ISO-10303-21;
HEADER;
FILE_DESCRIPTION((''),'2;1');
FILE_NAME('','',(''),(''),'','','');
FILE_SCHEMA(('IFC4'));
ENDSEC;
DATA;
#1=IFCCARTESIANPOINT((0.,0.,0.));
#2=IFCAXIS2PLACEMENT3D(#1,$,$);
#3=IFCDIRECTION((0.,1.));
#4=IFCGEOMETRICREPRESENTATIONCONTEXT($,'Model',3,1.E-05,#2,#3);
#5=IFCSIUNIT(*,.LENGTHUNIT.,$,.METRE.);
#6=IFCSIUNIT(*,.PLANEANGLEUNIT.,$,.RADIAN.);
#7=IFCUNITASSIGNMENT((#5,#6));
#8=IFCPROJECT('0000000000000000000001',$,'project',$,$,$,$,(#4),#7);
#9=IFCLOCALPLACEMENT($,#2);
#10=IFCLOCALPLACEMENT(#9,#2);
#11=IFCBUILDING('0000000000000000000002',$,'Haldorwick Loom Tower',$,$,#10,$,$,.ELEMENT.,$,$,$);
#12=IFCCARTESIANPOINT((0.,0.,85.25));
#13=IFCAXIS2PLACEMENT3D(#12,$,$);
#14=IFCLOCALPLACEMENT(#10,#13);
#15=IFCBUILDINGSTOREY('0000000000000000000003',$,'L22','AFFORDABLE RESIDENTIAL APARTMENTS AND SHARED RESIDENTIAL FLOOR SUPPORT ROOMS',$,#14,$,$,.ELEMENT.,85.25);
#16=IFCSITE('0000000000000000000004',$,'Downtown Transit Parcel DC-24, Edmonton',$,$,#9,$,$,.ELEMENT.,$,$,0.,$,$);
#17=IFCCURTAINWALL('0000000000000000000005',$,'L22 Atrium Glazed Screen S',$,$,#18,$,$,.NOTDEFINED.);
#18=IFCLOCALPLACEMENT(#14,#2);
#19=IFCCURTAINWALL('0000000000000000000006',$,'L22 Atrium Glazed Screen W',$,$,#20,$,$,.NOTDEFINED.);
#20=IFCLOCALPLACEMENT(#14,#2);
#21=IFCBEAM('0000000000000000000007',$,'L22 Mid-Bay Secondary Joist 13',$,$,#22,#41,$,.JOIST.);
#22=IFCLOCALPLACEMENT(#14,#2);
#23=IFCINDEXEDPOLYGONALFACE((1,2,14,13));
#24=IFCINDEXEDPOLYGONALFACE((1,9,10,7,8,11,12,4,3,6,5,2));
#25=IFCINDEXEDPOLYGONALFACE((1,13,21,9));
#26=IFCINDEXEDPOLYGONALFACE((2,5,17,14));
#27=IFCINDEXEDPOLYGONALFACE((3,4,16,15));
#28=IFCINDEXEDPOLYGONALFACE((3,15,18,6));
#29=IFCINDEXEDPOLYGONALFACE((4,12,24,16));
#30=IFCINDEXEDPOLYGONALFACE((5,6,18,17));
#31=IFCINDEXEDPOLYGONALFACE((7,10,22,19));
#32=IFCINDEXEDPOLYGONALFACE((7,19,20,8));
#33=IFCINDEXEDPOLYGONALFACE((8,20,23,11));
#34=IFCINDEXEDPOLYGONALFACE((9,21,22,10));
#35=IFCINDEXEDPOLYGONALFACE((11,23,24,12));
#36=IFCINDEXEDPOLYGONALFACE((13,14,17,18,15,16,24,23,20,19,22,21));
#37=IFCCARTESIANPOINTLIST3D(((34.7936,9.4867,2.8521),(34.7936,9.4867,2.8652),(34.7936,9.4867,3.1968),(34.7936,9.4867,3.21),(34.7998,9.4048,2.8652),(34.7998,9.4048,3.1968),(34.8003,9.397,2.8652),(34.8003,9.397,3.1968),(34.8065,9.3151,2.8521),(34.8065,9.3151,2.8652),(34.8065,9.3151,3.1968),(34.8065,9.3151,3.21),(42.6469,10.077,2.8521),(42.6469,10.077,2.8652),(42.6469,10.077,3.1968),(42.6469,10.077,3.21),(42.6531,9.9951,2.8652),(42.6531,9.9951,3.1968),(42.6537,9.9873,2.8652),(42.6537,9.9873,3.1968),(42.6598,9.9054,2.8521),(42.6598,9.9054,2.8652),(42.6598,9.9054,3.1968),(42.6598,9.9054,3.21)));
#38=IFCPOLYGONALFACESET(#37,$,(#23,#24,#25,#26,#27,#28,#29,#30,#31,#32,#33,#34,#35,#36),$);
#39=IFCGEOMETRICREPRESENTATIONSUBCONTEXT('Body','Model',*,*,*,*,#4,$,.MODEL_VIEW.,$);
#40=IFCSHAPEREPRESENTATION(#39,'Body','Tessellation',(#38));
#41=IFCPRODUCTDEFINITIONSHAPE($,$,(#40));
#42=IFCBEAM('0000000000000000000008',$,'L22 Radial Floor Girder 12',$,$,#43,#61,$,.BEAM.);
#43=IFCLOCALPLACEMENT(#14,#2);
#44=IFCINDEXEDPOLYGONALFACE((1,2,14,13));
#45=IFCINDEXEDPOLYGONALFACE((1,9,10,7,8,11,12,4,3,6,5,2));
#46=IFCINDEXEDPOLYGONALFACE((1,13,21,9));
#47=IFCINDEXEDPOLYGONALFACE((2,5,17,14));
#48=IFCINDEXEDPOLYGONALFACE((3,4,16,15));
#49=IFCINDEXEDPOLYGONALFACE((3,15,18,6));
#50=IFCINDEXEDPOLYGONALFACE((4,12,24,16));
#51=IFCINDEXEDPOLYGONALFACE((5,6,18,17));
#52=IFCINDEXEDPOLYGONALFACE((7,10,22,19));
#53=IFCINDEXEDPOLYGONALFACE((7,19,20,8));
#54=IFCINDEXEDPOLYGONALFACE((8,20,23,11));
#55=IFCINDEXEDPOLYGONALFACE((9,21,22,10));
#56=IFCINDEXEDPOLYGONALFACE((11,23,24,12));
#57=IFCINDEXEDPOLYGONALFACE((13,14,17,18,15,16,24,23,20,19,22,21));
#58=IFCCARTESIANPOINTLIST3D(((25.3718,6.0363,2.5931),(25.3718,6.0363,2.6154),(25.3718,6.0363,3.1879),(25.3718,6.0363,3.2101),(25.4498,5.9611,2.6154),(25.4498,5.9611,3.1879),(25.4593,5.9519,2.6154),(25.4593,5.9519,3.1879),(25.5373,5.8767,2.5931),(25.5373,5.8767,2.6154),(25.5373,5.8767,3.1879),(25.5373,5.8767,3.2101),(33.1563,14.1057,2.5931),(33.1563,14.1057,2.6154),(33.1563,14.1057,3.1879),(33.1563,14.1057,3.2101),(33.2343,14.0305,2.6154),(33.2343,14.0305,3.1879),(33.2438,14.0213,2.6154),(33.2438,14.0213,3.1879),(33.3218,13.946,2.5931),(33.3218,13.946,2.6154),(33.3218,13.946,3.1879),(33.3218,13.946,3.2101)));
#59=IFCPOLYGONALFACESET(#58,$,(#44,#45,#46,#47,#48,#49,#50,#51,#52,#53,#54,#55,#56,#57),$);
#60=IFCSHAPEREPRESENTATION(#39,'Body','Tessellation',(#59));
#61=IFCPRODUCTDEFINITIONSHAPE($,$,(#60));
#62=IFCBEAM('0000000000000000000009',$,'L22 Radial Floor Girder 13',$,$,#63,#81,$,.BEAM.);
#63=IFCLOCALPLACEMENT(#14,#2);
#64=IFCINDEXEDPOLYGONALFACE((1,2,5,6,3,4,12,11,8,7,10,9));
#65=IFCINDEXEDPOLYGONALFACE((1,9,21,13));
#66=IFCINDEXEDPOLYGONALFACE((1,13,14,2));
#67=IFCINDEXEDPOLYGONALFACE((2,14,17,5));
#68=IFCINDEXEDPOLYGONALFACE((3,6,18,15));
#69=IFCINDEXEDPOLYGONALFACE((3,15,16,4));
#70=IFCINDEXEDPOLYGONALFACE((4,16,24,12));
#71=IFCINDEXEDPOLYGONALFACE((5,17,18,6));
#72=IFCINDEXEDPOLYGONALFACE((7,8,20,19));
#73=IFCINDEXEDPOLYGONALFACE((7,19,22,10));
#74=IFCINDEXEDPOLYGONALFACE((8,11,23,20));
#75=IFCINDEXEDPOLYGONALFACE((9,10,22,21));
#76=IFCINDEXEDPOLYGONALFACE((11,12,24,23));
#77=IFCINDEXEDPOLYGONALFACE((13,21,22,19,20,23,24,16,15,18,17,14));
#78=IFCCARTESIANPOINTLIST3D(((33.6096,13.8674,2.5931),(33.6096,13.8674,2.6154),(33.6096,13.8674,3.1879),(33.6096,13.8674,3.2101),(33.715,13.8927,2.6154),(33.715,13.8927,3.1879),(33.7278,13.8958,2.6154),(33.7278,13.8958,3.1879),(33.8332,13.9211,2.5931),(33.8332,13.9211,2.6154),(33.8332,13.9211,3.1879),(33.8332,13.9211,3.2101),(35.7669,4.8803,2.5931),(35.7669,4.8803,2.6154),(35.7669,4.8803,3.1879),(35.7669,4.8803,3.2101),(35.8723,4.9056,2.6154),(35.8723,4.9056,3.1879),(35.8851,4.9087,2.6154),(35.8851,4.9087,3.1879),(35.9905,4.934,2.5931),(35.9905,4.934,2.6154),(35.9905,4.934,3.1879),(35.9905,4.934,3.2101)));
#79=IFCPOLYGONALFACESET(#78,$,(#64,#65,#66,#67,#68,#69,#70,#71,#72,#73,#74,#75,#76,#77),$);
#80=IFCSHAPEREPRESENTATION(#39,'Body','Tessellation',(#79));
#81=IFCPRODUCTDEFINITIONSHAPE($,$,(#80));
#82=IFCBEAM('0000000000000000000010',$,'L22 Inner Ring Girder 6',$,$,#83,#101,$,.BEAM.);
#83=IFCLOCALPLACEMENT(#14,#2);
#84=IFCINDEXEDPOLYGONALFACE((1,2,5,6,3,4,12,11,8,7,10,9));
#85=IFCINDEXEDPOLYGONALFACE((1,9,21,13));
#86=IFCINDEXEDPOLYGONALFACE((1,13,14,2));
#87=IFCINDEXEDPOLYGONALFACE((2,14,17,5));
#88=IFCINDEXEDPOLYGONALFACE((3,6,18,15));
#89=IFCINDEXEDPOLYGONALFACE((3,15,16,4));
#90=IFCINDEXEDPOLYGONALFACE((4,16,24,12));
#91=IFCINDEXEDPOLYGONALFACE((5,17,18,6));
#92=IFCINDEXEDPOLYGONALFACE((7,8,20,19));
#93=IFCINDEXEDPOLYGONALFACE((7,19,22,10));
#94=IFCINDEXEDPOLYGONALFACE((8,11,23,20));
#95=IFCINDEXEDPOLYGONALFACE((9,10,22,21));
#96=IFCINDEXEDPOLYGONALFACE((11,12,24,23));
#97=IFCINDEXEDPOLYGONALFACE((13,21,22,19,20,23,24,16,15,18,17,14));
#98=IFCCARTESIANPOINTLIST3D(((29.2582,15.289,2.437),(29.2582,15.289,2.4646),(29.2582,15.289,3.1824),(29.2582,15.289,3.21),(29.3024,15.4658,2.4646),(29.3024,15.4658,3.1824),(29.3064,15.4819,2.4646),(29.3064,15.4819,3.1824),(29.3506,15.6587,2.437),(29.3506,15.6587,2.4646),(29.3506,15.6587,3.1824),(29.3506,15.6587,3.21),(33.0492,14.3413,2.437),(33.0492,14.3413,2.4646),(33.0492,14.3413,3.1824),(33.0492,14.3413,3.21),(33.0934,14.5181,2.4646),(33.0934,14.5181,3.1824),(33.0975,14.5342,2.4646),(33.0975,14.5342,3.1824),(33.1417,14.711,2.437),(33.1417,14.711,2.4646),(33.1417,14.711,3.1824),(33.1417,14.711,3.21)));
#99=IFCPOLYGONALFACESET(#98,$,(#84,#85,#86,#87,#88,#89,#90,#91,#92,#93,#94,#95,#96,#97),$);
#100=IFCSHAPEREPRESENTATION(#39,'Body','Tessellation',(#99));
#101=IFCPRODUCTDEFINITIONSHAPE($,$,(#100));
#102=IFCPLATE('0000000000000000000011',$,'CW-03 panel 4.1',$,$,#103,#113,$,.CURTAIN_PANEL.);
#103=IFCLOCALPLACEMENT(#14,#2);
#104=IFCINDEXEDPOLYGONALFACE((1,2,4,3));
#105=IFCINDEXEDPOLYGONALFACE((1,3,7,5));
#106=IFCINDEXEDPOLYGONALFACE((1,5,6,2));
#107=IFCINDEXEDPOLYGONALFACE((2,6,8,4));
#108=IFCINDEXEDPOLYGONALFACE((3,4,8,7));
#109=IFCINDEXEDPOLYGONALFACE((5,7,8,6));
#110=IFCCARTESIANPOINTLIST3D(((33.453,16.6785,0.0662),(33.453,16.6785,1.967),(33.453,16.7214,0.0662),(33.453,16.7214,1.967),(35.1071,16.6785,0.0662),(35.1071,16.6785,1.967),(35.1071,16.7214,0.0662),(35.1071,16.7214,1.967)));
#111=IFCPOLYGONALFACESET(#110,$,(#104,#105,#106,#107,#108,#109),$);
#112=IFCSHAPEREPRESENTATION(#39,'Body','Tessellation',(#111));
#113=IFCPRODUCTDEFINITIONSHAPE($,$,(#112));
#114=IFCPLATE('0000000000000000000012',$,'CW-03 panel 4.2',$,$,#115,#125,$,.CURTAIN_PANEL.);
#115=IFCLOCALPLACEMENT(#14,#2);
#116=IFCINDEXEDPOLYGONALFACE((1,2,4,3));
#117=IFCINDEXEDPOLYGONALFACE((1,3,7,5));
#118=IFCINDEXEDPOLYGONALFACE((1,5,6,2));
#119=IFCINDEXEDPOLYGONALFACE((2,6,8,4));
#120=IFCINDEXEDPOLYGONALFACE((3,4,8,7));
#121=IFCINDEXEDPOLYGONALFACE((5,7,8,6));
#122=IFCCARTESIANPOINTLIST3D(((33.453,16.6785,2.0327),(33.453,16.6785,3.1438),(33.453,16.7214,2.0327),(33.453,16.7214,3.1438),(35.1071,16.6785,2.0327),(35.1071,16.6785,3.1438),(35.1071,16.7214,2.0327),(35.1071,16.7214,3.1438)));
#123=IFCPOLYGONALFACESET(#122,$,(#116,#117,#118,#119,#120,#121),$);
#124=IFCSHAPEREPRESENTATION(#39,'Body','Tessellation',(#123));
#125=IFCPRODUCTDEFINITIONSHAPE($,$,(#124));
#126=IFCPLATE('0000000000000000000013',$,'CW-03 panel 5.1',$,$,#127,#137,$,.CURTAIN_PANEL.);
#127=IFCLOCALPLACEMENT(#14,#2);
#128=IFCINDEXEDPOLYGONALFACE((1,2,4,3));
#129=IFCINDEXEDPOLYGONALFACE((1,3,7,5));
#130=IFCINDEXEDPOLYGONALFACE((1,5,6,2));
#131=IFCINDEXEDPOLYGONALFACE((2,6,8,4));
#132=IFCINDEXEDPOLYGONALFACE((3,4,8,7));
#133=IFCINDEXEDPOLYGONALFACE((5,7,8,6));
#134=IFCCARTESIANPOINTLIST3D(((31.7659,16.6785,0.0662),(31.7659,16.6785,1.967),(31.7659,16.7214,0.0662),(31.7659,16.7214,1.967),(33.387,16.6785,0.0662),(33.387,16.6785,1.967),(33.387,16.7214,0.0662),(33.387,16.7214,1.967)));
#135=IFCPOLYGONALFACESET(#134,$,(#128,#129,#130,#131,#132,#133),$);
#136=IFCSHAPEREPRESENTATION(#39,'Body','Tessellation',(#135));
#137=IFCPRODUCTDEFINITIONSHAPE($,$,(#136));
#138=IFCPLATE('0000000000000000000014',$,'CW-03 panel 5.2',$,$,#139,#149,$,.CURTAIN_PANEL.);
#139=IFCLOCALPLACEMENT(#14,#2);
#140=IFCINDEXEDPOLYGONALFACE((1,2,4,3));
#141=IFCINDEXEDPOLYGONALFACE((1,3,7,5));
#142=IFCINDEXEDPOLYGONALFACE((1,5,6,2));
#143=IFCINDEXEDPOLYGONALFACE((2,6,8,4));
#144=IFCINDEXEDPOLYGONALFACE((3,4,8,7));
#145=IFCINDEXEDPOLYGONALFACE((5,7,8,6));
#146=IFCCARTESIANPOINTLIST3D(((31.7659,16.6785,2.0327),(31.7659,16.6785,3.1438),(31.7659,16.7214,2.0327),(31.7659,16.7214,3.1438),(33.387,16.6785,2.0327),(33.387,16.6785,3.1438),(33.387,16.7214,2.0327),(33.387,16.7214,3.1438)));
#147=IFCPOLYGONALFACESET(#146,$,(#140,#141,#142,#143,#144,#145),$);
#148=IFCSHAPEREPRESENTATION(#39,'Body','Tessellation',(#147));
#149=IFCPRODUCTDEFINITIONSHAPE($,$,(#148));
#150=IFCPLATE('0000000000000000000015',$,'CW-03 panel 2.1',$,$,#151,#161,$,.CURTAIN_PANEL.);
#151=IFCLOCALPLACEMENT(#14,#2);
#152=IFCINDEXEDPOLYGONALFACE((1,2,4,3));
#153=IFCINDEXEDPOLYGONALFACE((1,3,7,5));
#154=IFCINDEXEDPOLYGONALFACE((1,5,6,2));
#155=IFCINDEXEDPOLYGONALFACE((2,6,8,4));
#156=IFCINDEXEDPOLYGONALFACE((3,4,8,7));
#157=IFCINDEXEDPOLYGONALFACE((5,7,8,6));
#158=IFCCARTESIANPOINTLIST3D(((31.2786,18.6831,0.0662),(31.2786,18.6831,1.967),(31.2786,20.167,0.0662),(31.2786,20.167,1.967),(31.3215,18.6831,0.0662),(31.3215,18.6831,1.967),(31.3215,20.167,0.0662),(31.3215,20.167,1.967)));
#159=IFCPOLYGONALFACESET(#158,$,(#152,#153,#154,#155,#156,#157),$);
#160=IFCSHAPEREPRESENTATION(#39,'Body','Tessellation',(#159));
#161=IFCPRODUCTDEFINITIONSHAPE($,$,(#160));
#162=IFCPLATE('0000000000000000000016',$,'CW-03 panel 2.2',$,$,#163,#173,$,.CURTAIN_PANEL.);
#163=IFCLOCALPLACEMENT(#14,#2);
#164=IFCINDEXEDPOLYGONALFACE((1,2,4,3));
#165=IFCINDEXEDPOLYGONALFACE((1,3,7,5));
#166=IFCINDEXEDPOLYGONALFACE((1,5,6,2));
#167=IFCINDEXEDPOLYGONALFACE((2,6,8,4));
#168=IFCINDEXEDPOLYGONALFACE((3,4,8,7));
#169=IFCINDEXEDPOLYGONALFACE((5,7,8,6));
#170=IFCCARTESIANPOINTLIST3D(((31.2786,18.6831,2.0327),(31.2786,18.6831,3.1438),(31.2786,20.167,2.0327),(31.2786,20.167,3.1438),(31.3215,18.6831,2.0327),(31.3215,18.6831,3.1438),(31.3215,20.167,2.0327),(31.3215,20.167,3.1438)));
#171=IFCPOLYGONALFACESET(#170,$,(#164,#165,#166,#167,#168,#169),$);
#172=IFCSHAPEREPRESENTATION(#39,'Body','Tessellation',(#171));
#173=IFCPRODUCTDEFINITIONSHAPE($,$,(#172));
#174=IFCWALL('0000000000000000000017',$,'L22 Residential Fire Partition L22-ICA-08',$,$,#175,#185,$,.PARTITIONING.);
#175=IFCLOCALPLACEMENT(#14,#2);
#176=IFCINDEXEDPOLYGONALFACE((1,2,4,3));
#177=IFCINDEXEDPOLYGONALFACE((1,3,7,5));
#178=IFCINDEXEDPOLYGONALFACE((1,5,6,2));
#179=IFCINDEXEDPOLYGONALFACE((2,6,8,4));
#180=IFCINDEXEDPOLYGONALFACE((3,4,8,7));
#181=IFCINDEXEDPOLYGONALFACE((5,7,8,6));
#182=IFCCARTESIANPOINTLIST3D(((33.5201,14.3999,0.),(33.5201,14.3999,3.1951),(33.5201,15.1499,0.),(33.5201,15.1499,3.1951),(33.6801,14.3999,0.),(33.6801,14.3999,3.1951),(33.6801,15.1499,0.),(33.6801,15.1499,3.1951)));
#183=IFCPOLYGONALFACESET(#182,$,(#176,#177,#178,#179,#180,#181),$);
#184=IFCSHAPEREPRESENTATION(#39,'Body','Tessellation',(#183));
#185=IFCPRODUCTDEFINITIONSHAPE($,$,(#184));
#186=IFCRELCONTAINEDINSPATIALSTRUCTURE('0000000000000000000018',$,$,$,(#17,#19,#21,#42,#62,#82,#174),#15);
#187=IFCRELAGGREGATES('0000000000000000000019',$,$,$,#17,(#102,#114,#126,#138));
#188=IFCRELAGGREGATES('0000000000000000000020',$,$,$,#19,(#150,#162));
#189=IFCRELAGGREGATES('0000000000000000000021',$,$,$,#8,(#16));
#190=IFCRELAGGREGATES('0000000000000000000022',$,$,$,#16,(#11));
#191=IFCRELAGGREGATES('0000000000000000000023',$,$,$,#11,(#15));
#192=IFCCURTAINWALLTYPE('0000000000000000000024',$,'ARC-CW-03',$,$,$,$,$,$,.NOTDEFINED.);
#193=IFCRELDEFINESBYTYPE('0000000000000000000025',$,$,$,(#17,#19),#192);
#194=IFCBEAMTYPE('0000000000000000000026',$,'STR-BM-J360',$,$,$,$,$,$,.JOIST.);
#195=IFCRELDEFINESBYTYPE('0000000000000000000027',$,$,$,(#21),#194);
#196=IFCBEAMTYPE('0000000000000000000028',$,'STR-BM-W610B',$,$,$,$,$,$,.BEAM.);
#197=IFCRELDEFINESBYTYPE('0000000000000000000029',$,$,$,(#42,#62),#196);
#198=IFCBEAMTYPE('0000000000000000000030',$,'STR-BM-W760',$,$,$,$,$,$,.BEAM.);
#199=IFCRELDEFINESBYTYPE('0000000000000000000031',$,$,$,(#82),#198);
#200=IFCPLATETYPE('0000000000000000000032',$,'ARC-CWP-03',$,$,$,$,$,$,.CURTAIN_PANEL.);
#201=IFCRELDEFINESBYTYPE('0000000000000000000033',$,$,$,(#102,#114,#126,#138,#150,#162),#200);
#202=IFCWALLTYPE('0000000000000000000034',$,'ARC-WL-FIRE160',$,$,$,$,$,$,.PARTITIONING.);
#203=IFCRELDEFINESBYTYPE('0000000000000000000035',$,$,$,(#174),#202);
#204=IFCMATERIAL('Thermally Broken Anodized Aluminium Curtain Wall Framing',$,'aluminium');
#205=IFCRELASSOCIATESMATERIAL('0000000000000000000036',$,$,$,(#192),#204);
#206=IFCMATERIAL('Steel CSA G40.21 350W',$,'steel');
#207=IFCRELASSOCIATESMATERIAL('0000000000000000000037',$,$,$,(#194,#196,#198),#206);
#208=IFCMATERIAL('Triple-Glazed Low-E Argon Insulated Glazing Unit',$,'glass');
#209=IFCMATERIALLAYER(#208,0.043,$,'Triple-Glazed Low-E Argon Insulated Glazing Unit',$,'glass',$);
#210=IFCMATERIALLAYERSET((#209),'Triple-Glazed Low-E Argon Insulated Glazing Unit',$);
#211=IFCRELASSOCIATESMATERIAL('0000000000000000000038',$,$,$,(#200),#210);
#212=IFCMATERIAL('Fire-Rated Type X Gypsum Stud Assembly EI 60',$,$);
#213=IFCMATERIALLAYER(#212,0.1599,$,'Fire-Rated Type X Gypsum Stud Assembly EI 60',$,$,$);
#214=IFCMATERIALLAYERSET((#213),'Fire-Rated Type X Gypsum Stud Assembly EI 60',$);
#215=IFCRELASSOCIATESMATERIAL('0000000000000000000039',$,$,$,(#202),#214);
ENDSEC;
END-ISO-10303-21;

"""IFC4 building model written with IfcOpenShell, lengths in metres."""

from ifc_helpers import new_model, si_unit, direction, frame, frame_2d, origin, origin_2d, place, context, subcontext, project, spatial, rectangle, i_section, extrude, material, layer, layer_set, material_profile, profile_set, type_object, element, aggregate, save


model = new_model("IFC4")

# Units and contexts
model_context = context("Model", 3, precision=1e-05, world=origin(), true_north=direction((0.0, 1.0)))
body_context = subcontext(model_context, "Body", "Model", "MODEL_VIEW")
ifc_project = project(units=[si_unit("LENGTHUNIT", "METRE"), si_unit("PLANEANGLEUNIT", "RADIAN")], contexts=[model_context])

# Site, building, storey
site_placement = place(None, origin())
site = spatial("IfcSite", under=ifc_project, at=site_placement, Name="Downtown Transit Parcel DC-24, Edmonton", CompositionType="ELEMENT", RefElevation=0.0)
building_placement = place(site_placement, origin())
building = spatial("IfcBuilding", under=site, at=building_placement, Name="Haldorwick Loom Tower", CompositionType="ELEMENT")
storey_placement = place(building_placement, frame((0.0, 0.0, 85.25)))
storey = spatial("IfcBuildingStorey", under=building, at=storey_placement, Name="L22", Description="AFFORDABLE RESIDENTIAL APARTMENTS AND SHARED RESIDENTIAL FLOOR SUPPORT ROOMS", CompositionType="ELEMENT", Elevation=85.25)

# Curtain wall
ifc_material_1 = material(Name="Thermally Broken Anodized Aluminium Curtain Wall Framing", Category="aluminium")
curtain_wall_type = type_object("IfcCurtainWallType", Name="ARC-CW-03", PredefinedType="NOTDEFINED", material=ifc_material_1)
curtain_wall_1_placement = place(storey_placement, origin())
curtain_wall_1 = element("IfcCurtainWall", 1, at=curtain_wall_1_placement, inside=storey, type_object=curtain_wall_type, Name="L22 Atrium Glazed Screen S", PredefinedType="NOTDEFINED")

# Curtain wall
curtain_wall_2_placement = place(storey_placement, origin())
curtain_wall_2 = element("IfcCurtainWall", 2, at=curtain_wall_2_placement, inside=storey, type_object=curtain_wall_type, Name="L22 Atrium Glazed Screen W", PredefinedType="NOTDEFINED")

# Beams
ifc_material_2 = material(Name="Steel CSA G40.21 350W", Category="steel")
ifc_material_profile_1 = material_profile(ifc_material_2, i_section(OverallWidth=0.1721, OverallDepth=0.3579, WebThickness=0.0078, FlangeThickness=0.0132, at=origin_2d()), Name="W360X57", Category="steel")
ifc_profile_set_1 = profile_set([ifc_material_profile_1], Name="Steel CSA G40.21 350W")
beam_type_1 = type_object("IfcBeamType", Name="STR-BM-J360", PredefinedType="JOIST", material=ifc_profile_set_1)
beam_1_placement = place(storey_placement, frame((34.8, 9.4009, 3.031), z_axis=(0.997187, 0.074959, 0.0), x_axis=(-0.074959, 0.997187, 0.0)))
element("IfcBeam", 3, at=beam_1_placement, inside=storey, type_object=beam_type_1, Name="L22 Mid-Bay Secondary Joist 13", PredefinedType="JOIST", context=body_context, shape_type="SweptSolid", body=[
    extrude(i_section(OverallWidth=0.1721, OverallDepth=0.3579, WebThickness=0.0078, FlangeThickness=0.0132, at=origin_2d()), origin(), (0.0, 0.0, 1.0), 7.8755),
])
ifc_material_profile_2 = material_profile(ifc_material_2, i_section(OverallWidth=0.23, OverallDepth=0.6169, WebThickness=0.0132, FlangeThickness=0.0222, at=origin_2d()), Name="W610X140", Category="steel")
ifc_profile_set_2 = profile_set([ifc_material_profile_2], Name="Steel CSA G40.21 350W")
beam_type_2 = type_object("IfcBeamType", Name="STR-BM-W610B", PredefinedType="BEAM", material=ifc_profile_set_2)
beam_2_placement = place(storey_placement, frame((33.239, 14.0259, 2.9016), z_axis=(-0.694287, -0.719698, 0.0), x_axis=(0.719698, -0.694287, 0.0)))
element("IfcBeam", 4, at=beam_2_placement, inside=storey, type_object=beam_type_2, Name="L22 Radial Floor Girder 12", PredefinedType="BEAM", context=body_context, shape_type="SweptSolid", body=[
    extrude(i_section(OverallWidth=0.23, OverallDepth=0.6169, WebThickness=0.0132, FlangeThickness=0.0222, at=origin_2d()), origin(), (0.0, 0.0, 1.0), 11.2122),
])
beam_3_placement = place(storey_placement, frame((33.7214, 13.8943, 2.9016), z_axis=(0.233407, -0.972379, 0.0), x_axis=(0.972379, 0.233407, 0.0)))
element("IfcBeam", 5, at=beam_3_placement, inside=storey, type_object=beam_type_2, Name="L22 Radial Floor Girder 13", PredefinedType="BEAM", context=body_context, shape_type="SweptSolid", body=[
    extrude(i_section(OverallWidth=0.23, OverallDepth=0.6169, WebThickness=0.0132, FlangeThickness=0.0222, at=origin_2d()), origin(), (0.0, 0.0, 1.0), 9.2424),
])
ifc_material_profile_3 = material_profile(ifc_material_2, i_section(OverallWidth=0.3811, OverallDepth=0.7729, WebThickness=0.0166, FlangeThickness=0.0276, at=origin_2d()), Name="W760X257", Category="steel")
ifc_profile_set_3 = profile_set([ifc_material_profile_3], Name="Steel CSA G40.21 350W")
beam_type_3 = type_object("IfcBeamType", Name="STR-BM-W760", PredefinedType="BEAM", material=ifc_profile_set_3)
beam_4_placement = place(storey_placement, frame((33.0955, 14.5261, 2.8235), z_axis=(-0.970143, 0.242536, 0.0), x_axis=(-0.242536, -0.970143, 0.0)))
element("IfcBeam", 6, at=beam_4_placement, inside=storey, type_object=beam_type_3, Name="L22 Inner Ring Girder 6", PredefinedType="BEAM", context=body_context, shape_type="SweptSolid", body=[
    extrude(i_section(OverallWidth=0.3811, OverallDepth=0.7729, WebThickness=0.0166, FlangeThickness=0.0276, at=origin_2d()), origin(), (0.0, 0.0, 1.0), 3.9077),
])

# Plates
ifc_material_3 = material(Name="Triple-Glazed Low-E Argon Insulated Glazing Unit", Category="glass")
ifc_layer_1 = layer(ifc_material_3, 0.043, Name="Triple-Glazed Low-E Argon Insulated Glazing Unit", Category="glass")
ifc_layer_set_1 = layer_set([ifc_layer_1], Name="Triple-Glazed Low-E Argon Insulated Glazing Unit")
plate_type = type_object("IfcPlateType", Name="ARC-CWP-03", PredefinedType="CURTAIN_PANEL", material=ifc_layer_set_1)
plate_1_placement = place(storey_placement, frame((34.28, 16.7, 0.0662), z_axis=(0.0, 0.0, 1.0), x_axis=(-1.0, 0.0, 0.0)))
plate_1 = element("IfcPlate", 7, at=plate_1_placement, type_object=plate_type, Name="CW-03 panel 4.1", PredefinedType="CURTAIN_PANEL", context=body_context, shape_type="SweptSolid", body=[
    extrude(rectangle(XDim=1.6541, YDim=0.043, at=origin_2d()), origin(), (0.0, 0.0, 1.0), 1.9009),
])
plate_2_placement = place(storey_placement, frame((34.28, 16.7, 2.0327), z_axis=(0.0, 0.0, 1.0), x_axis=(-1.0, 0.0, 0.0)))
plate_2 = element("IfcPlate", 8, at=plate_2_placement, type_object=plate_type, Name="CW-03 panel 4.2", PredefinedType="CURTAIN_PANEL", context=body_context, shape_type="SweptSolid", body=[
    extrude(rectangle(XDim=1.6541, YDim=0.043, at=origin_2d()), origin(), (0.0, 0.0, 1.0), 1.1111),
])
plate_3_placement = place(storey_placement, frame((32.5764, 16.7, 0.0662), z_axis=(0.0, 0.0, 1.0), x_axis=(-1.0, 0.0, 0.0)))
plate_3 = element("IfcPlate", 9, at=plate_3_placement, type_object=plate_type, Name="CW-03 panel 5.1", PredefinedType="CURTAIN_PANEL", context=body_context, shape_type="SweptSolid", body=[
    extrude(rectangle(XDim=1.6211, YDim=0.043, at=origin_2d()), origin(), (0.0, 0.0, 1.0), 1.9009),
])
plate_4_placement = place(storey_placement, frame((32.5764, 16.7, 2.0327), z_axis=(0.0, 0.0, 1.0), x_axis=(-1.0, 0.0, 0.0)))
plate_4 = element("IfcPlate", 10, at=plate_4_placement, type_object=plate_type, Name="CW-03 panel 5.2", PredefinedType="CURTAIN_PANEL", context=body_context, shape_type="SweptSolid", body=[
    extrude(rectangle(XDim=1.6211, YDim=0.043, at=origin_2d()), origin(), (0.0, 0.0, 1.0), 1.1111),
])
aggregate(curtain_wall_1, [plate_1, plate_2, plate_3, plate_4])
plate_5_placement = place(storey_placement, frame((31.3, 19.425, 0.0662), z_axis=(0.0, 0.0, 1.0), x_axis=(0.0, 1.0, 0.0)))
plate_5 = element("IfcPlate", 11, at=plate_5_placement, type_object=plate_type, Name="CW-03 panel 2.1", PredefinedType="CURTAIN_PANEL", context=body_context, shape_type="SweptSolid", body=[
    extrude(rectangle(XDim=1.4839, YDim=0.043, at=origin_2d()), origin(), (0.0, 0.0, 1.0), 1.9009),
])
plate_6_placement = place(storey_placement, frame((31.3, 19.425, 2.0327), z_axis=(0.0, 0.0, 1.0), x_axis=(0.0, 1.0, 0.0)))
plate_6 = element("IfcPlate", 12, at=plate_6_placement, type_object=plate_type, Name="CW-03 panel 2.2", PredefinedType="CURTAIN_PANEL", context=body_context, shape_type="SweptSolid", body=[
    extrude(rectangle(XDim=1.4839, YDim=0.043, at=origin_2d()), origin(), (0.0, 0.0, 1.0), 1.1111),
])
aggregate(curtain_wall_2, [plate_5, plate_6])

# Wall
ifc_material_4 = material(Name="Fire-Rated Type X Gypsum Stud Assembly EI 60")
ifc_layer_2 = layer(ifc_material_4, 0.1599, Name="Fire-Rated Type X Gypsum Stud Assembly EI 60")
ifc_layer_set_2 = layer_set([ifc_layer_2], Name="Fire-Rated Type X Gypsum Stud Assembly EI 60")
wall_type = type_object("IfcWallType", Name="ARC-WL-FIRE160", PredefinedType="PARTITIONING", material=ifc_layer_set_2)
wall_1_placement = place(storey_placement, frame((33.6001, 15.1499, 0.0), z_axis=(0.0, 0.0, 1.0), x_axis=(0.0, -1.0, 0.0)))
element("IfcWall", 13, at=wall_1_placement, inside=storey, type_object=wall_type, Name="L22 Residential Fire Partition L22-ICA-08", PredefinedType="PARTITIONING", context=body_context, shape_type="SweptSolid", body=[
    extrude(rectangle(XDim=0.75, YDim=0.1599, at=frame_2d((0.375, 0.0))), origin(), (0.0, 0.0, 1.0), 3.1951),
])

save(model, "model.ifc")
